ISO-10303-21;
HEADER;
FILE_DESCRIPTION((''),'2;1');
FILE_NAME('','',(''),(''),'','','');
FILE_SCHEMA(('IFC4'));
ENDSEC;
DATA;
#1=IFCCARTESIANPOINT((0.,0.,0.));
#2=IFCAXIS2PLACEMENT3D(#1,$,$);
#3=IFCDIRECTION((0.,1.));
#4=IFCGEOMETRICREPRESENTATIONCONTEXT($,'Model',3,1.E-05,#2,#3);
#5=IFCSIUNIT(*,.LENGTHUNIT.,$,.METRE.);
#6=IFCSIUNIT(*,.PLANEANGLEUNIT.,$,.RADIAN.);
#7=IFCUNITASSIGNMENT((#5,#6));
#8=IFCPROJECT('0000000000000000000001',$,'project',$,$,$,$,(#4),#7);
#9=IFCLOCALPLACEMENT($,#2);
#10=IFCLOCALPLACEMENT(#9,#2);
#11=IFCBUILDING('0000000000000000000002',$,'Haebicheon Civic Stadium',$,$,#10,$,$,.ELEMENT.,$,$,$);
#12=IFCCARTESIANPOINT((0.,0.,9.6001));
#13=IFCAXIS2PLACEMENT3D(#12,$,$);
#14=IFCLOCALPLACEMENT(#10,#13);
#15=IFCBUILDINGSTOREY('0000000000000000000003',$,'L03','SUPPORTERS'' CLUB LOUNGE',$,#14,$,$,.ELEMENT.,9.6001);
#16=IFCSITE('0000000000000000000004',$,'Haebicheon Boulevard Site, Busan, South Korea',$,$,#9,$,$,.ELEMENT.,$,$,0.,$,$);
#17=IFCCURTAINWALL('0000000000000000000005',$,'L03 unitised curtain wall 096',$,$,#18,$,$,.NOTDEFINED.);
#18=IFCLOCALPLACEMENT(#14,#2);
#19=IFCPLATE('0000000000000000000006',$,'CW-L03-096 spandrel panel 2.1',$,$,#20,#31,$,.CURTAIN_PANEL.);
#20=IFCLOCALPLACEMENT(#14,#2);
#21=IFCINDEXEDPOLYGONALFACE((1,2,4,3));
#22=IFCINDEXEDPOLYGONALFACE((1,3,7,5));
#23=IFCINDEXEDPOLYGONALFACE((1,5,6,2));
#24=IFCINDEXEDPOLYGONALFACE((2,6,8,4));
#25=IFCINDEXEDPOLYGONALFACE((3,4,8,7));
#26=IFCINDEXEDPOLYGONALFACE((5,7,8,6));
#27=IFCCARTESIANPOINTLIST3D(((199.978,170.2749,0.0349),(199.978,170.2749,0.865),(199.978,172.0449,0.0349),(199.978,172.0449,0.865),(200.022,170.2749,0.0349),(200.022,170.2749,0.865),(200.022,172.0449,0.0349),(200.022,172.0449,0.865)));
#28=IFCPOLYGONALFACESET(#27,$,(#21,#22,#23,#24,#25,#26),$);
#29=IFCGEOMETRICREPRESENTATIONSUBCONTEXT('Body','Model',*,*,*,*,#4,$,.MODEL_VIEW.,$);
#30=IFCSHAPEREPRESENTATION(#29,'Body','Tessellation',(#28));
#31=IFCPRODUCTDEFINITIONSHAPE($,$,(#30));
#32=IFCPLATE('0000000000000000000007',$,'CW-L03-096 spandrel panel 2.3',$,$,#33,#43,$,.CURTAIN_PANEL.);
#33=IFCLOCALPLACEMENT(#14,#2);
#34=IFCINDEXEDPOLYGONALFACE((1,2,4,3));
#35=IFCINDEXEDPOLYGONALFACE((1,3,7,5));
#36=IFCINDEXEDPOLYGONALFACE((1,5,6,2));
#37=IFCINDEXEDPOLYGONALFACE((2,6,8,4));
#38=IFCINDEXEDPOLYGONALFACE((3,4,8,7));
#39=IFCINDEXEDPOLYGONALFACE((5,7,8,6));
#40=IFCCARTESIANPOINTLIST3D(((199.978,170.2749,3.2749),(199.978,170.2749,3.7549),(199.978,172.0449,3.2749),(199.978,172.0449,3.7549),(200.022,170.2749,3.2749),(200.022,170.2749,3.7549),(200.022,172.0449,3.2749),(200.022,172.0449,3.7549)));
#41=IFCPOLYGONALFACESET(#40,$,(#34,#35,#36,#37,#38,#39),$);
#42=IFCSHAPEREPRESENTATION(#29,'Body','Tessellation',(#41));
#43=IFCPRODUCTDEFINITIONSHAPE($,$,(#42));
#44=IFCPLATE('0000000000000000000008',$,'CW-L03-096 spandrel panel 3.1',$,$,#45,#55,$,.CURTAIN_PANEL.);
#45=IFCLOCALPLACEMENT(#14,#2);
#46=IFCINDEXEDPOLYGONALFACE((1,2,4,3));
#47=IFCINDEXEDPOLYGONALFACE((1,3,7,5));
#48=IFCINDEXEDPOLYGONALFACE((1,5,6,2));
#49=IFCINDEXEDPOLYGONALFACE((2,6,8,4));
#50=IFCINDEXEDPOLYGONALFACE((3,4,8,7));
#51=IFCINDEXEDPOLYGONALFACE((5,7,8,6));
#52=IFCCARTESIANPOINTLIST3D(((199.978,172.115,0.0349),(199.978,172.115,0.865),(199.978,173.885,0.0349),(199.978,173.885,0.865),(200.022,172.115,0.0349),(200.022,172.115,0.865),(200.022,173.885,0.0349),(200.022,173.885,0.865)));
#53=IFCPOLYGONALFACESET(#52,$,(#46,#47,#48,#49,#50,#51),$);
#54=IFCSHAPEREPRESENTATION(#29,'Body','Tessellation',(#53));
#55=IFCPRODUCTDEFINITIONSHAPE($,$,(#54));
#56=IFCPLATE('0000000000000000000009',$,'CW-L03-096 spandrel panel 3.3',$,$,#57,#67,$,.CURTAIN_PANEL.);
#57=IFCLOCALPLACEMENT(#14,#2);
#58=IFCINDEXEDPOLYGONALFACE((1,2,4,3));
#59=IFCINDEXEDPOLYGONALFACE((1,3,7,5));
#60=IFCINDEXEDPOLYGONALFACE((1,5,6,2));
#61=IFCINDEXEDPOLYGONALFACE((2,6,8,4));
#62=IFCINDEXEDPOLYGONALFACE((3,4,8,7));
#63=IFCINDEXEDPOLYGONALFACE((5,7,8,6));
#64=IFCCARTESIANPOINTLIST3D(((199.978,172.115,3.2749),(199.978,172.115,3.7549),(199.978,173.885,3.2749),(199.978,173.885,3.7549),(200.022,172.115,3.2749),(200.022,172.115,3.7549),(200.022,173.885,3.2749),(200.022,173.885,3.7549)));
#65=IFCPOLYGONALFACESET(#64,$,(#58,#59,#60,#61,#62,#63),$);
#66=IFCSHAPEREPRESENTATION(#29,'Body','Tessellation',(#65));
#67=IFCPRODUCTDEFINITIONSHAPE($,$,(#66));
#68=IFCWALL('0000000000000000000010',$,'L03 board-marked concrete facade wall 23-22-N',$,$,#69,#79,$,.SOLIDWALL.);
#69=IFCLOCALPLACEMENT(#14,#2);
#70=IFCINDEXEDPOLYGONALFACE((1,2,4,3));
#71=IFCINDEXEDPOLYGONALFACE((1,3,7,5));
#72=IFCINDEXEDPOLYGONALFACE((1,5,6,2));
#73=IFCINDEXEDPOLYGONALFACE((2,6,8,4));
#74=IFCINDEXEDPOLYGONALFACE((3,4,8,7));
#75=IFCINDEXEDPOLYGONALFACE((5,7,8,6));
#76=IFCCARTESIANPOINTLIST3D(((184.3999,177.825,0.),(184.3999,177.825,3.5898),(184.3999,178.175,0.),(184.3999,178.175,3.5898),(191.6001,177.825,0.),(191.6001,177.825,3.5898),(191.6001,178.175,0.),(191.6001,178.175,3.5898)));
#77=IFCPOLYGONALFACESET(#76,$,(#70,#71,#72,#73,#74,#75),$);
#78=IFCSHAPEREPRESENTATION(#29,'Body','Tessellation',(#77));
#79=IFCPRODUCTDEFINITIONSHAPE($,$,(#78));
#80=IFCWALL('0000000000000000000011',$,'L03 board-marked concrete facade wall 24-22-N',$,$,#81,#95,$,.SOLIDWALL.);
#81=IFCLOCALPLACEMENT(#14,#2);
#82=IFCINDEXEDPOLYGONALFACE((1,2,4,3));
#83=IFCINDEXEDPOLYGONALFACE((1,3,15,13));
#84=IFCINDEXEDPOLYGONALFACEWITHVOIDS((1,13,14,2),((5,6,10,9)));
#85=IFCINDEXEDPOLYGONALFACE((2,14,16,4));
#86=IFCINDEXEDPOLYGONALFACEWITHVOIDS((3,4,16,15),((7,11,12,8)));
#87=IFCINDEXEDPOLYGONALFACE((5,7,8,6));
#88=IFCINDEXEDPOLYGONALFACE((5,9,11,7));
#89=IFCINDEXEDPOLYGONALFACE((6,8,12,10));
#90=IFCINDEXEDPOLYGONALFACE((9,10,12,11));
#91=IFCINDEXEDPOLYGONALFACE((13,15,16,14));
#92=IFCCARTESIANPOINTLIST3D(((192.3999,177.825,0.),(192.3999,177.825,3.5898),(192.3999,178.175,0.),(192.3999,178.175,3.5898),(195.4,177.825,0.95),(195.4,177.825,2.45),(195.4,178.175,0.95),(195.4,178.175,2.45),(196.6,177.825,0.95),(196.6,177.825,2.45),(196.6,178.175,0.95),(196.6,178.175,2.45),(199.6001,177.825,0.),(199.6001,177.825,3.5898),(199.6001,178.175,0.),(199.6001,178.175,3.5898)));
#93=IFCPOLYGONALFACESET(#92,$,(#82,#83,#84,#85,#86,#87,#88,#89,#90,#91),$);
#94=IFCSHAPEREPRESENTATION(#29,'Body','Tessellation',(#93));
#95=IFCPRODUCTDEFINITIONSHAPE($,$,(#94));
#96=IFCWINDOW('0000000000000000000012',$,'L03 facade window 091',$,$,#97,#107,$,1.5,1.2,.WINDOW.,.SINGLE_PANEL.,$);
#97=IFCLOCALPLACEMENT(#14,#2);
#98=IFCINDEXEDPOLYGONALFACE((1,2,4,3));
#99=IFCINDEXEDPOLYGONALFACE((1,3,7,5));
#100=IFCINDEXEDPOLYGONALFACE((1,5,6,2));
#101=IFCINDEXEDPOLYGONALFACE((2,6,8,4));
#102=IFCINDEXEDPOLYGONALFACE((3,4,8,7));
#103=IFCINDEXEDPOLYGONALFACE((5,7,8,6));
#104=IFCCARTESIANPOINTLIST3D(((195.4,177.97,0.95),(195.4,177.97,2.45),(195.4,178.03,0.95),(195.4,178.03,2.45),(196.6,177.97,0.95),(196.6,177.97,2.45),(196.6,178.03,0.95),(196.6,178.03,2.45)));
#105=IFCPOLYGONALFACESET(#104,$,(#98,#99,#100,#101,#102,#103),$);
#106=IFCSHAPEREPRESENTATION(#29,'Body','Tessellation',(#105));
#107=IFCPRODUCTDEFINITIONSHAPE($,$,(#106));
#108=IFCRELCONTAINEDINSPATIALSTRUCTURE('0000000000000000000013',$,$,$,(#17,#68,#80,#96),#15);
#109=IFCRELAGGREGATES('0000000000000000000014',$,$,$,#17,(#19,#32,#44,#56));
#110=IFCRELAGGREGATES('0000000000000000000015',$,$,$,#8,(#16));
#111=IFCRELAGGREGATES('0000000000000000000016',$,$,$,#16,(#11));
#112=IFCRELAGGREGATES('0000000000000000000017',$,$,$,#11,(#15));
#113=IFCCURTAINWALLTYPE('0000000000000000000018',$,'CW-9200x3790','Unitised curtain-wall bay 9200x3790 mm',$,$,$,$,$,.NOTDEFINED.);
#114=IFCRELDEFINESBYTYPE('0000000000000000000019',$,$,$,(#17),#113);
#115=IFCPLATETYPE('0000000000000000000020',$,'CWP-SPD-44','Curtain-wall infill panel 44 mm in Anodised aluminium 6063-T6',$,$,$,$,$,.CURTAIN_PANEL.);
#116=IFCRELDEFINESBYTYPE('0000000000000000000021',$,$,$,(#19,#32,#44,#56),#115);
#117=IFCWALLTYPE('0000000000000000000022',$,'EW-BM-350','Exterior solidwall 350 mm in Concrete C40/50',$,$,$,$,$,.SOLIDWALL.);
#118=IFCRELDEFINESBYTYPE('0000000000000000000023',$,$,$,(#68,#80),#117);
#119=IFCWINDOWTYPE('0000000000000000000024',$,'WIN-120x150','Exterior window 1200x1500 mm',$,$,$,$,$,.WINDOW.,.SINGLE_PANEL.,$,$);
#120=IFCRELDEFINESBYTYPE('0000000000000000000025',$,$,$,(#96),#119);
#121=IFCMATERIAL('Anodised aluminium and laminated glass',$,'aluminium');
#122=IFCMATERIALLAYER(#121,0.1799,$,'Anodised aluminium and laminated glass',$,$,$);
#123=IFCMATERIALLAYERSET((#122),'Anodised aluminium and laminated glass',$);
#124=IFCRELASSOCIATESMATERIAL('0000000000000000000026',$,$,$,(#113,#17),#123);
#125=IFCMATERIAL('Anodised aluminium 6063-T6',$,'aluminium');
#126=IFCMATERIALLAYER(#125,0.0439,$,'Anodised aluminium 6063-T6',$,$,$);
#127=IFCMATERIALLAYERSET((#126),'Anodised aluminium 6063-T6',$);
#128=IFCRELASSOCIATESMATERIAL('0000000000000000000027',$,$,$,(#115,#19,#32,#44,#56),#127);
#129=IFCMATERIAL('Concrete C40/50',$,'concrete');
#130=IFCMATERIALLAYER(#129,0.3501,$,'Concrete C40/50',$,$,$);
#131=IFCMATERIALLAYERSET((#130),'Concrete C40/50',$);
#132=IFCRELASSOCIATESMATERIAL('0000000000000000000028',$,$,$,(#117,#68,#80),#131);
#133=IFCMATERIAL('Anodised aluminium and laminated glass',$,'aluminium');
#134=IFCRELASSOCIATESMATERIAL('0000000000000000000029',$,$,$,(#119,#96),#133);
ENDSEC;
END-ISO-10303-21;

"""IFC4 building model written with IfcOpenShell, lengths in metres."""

from ifc_helpers import new_model, si_unit, direction, frame, frame_2d, origin, origin_2d, place, context, subcontext, project, spatial, rectangle, extrude, material, layer, layer_set, type_object, element, fill, aggregate, save


model = new_model("IFC4")

# Units and contexts
model_context = context("Model", 3, precision=1e-05, world=origin(), true_north=direction((0.0, 1.0)))
body_context = subcontext(model_context, "Body", "Model", "MODEL_VIEW")
ifc_project = project(units=[si_unit("LENGTHUNIT", "METRE"), si_unit("PLANEANGLEUNIT", "RADIAN")], contexts=[model_context])

# Site, building, storey
site_placement = place(None, origin())
site = spatial("IfcSite", under=ifc_project, at=site_placement, Name="Haebicheon Boulevard Site, Busan, South Korea", CompositionType="ELEMENT", RefElevation=0.0)
building_placement = place(site_placement, origin())
building = spatial("IfcBuilding", under=site, at=building_placement, Name="Haebicheon Civic Stadium", CompositionType="ELEMENT")
storey_placement = place(building_placement, frame((0.0, 0.0, 9.6001)))
storey = spatial("IfcBuildingStorey", under=building, at=storey_placement, Name="L03", Description="SUPPORTERS' CLUB LOUNGE", CompositionType="ELEMENT", Elevation=9.6001)

# Curtain wall
ifc_material_1 = material(Name="Anodised aluminium and laminated glass", Category="aluminium")
ifc_layer_1 = layer(ifc_material_1, 0.1799, Name="Anodised aluminium and laminated glass")
ifc_layer_set_1 = layer_set([ifc_layer_1], Name="Anodised aluminium and laminated glass")
curtain_wall_type = type_object("IfcCurtainWallType", Name="CW-9200x3790", Description="Unitised curtain-wall bay 9200x3790 mm", PredefinedType="NOTDEFINED", material=ifc_layer_set_1)
curtain_wall_placement = place(storey_placement, origin())
curtain_wall = element("IfcCurtainWall", 1, at=curtain_wall_placement, inside=storey, type_object=curtain_wall_type, material=ifc_layer_set_1, Name="L03 unitised curtain wall 096", PredefinedType="NOTDEFINED")

# Plates
ifc_material_2 = material(Name="Anodised aluminium 6063-T6", Category="aluminium")
ifc_layer_2 = layer(ifc_material_2, 0.0439, Name="Anodised aluminium 6063-T6")
ifc_layer_set_2 = layer_set([ifc_layer_2], Name="Anodised aluminium 6063-T6")
plate_type_1 = type_object("IfcPlateType", Name="CWP-SPD-44", Description="Curtain-wall infill panel 44 mm in Anodised aluminium 6063-T6", PredefinedType="CURTAIN_PANEL", material=ifc_layer_set_2)
plate_1_placement = place(storey_placement, frame((200.0, 171.1599, 0.0349), z_axis=(0.0, 0.0, 1.0), x_axis=(0.0, 1.0, 0.0)))
plate_1 = element("IfcPlate", 2, at=plate_1_placement, type_object=plate_type_1, material=ifc_layer_set_2, Name="CW-L03-096 spandrel panel 2.1", PredefinedType="CURTAIN_PANEL", context=body_context, shape_type="SweptSolid", body=[
    extrude(rectangle(XDim=1.77, YDim=0.0439, at=origin_2d()), origin(), (0.0, 0.0, 1.0), 0.8301),
])
plate_2_placement = place(storey_placement, frame((200.0, 171.1599, 3.2749), z_axis=(0.0, 0.0, 1.0), x_axis=(0.0, 1.0, 0.0)))
plate_2 = element("IfcPlate", 3, at=plate_2_placement, type_object=plate_type_1, material=ifc_layer_set_2, Name="CW-L03-096 spandrel panel 2.3", PredefinedType="CURTAIN_PANEL", context=body_context, shape_type="SweptSolid", body=[
    extrude(rectangle(XDim=1.77, YDim=0.0439, at=origin_2d()), origin(), (0.0, 0.0, 1.0), 0.48),
])
plate_3_placement = place(storey_placement, frame((200.0, 173.0, 0.0349), z_axis=(0.0, 0.0, 1.0), x_axis=(0.0, 1.0, 0.0)))
plate_3 = element("IfcPlate", 4, at=plate_3_placement, type_object=plate_type_1, material=ifc_layer_set_2, Name="CW-L03-096 spandrel panel 3.1", PredefinedType="CURTAIN_PANEL", context=body_context, shape_type="SweptSolid", body=[
    extrude(rectangle(XDim=1.77, YDim=0.0439, at=origin_2d()), origin(), (0.0, 0.0, 1.0), 0.8301),
])
plate_4_placement = place(storey_placement, frame((200.0, 173.0, 3.2749), z_axis=(0.0, 0.0, 1.0), x_axis=(0.0, 1.0, 0.0)))
plate_4 = element("IfcPlate", 5, at=plate_4_placement, type_object=plate_type_1, material=ifc_layer_set_2, Name="CW-L03-096 spandrel panel 3.3", PredefinedType="CURTAIN_PANEL", context=body_context, shape_type="SweptSolid", body=[
    extrude(rectangle(XDim=1.77, YDim=0.0439, at=origin_2d()), origin(), (0.0, 0.0, 1.0), 0.48),
])
aggregate(curtain_wall, [plate_1, plate_2, plate_3, plate_4])

# Wall
ifc_material_3 = material(Name="Concrete C40/50", Category="concrete")
ifc_layer_3 = layer(ifc_material_3, 0.3501, Name="Concrete C40/50")
ifc_layer_set_3 = layer_set([ifc_layer_3], Name="Concrete C40/50")
wall_type = type_object("IfcWallType", Name="EW-BM-350", Description="Exterior solidwall 350 mm in Concrete C40/50", PredefinedType="SOLIDWALL", material=ifc_layer_set_3)
wall_1_placement = place(storey_placement, frame((184.3999, 178.0, 0.0), z_axis=(0.0, 0.0, 1.0), x_axis=(1.0, 0.0, 0.0)))
element("IfcWall", 6, at=wall_1_placement, inside=storey, type_object=wall_type, material=ifc_layer_set_3, Name="L03 board-marked concrete facade wall 23-22-N", PredefinedType="SOLIDWALL", context=body_context, shape_type="SweptSolid", body=[
    extrude(rectangle(XDim=7.2002, YDim=0.3501, at=frame_2d((3.6001, 0.0))), origin(), (0.0, 0.0, 1.0), 3.5898),
])

# Wall, opening, window
wall_2_placement = place(storey_placement, frame((192.3999, 178.0, 0.0), z_axis=(0.0, 0.0, 1.0), x_axis=(1.0, 0.0, 0.0)))
wall_2 = element("IfcWall", 7, at=wall_2_placement, inside=storey, type_object=wall_type, material=ifc_layer_set_3, Name="L03 board-marked concrete facade wall 24-22-N", PredefinedType="SOLIDWALL", context=body_context, shape_type="SweptSolid", body=[
    extrude(rectangle(XDim=7.2002, YDim=0.3501, at=frame_2d((3.6001, 0.0))), origin(), (0.0, 0.0, 1.0), 3.5898),
])
opening_placement = place(wall_2_placement, frame((3.0, 0.0, 0.95)))
opening = element("IfcOpeningElement", 8, at=opening_placement, cuts=wall_2, PredefinedType="OPENING", context=body_context, shape_type="SweptSolid", body=[
    extrude(rectangle(XDim=1.2, YDim=1.5, at=frame_2d((0.6001, 0.75))), frame((0.0, 0.1851, 0.0), z_axis=(0.0, -1.0, 0.0), x_axis=(1.0, 0.0, 0.0)), (0.0, 0.0, 1.0), 0.3701),
])
ifc_material_4 = material(Name="Anodised aluminium and laminated glass", Category="aluminium")
window_type = type_object("IfcWindowType", Name="WIN-120x150", Description="Exterior window 1200x1500 mm", PartitioningType="SINGLE_PANEL", PredefinedType="WINDOW", material=ifc_material_4)
window_placement = place(opening_placement, origin())
window = element("IfcWindow", 9, at=window_placement, inside=storey, type_object=window_type, material=ifc_material_4, Name="L03 facade window 091", OverallHeight=1.5, OverallWidth=1.2, PartitioningType="SINGLE_PANEL", PredefinedType="WINDOW", context=body_context, shape_type="SweptSolid", body=[
    extrude(rectangle(XDim=1.2, YDim=1.5, at=frame_2d((0.6001, 0.75))), frame((0.0, 0.03, 0.0), z_axis=(0.0, -1.0, 0.0), x_axis=(1.0, 0.0, 0.0)), (0.0, 0.0, 1.0), 0.0601),
])
fill(opening, window)

save(model, "model.ifc")
